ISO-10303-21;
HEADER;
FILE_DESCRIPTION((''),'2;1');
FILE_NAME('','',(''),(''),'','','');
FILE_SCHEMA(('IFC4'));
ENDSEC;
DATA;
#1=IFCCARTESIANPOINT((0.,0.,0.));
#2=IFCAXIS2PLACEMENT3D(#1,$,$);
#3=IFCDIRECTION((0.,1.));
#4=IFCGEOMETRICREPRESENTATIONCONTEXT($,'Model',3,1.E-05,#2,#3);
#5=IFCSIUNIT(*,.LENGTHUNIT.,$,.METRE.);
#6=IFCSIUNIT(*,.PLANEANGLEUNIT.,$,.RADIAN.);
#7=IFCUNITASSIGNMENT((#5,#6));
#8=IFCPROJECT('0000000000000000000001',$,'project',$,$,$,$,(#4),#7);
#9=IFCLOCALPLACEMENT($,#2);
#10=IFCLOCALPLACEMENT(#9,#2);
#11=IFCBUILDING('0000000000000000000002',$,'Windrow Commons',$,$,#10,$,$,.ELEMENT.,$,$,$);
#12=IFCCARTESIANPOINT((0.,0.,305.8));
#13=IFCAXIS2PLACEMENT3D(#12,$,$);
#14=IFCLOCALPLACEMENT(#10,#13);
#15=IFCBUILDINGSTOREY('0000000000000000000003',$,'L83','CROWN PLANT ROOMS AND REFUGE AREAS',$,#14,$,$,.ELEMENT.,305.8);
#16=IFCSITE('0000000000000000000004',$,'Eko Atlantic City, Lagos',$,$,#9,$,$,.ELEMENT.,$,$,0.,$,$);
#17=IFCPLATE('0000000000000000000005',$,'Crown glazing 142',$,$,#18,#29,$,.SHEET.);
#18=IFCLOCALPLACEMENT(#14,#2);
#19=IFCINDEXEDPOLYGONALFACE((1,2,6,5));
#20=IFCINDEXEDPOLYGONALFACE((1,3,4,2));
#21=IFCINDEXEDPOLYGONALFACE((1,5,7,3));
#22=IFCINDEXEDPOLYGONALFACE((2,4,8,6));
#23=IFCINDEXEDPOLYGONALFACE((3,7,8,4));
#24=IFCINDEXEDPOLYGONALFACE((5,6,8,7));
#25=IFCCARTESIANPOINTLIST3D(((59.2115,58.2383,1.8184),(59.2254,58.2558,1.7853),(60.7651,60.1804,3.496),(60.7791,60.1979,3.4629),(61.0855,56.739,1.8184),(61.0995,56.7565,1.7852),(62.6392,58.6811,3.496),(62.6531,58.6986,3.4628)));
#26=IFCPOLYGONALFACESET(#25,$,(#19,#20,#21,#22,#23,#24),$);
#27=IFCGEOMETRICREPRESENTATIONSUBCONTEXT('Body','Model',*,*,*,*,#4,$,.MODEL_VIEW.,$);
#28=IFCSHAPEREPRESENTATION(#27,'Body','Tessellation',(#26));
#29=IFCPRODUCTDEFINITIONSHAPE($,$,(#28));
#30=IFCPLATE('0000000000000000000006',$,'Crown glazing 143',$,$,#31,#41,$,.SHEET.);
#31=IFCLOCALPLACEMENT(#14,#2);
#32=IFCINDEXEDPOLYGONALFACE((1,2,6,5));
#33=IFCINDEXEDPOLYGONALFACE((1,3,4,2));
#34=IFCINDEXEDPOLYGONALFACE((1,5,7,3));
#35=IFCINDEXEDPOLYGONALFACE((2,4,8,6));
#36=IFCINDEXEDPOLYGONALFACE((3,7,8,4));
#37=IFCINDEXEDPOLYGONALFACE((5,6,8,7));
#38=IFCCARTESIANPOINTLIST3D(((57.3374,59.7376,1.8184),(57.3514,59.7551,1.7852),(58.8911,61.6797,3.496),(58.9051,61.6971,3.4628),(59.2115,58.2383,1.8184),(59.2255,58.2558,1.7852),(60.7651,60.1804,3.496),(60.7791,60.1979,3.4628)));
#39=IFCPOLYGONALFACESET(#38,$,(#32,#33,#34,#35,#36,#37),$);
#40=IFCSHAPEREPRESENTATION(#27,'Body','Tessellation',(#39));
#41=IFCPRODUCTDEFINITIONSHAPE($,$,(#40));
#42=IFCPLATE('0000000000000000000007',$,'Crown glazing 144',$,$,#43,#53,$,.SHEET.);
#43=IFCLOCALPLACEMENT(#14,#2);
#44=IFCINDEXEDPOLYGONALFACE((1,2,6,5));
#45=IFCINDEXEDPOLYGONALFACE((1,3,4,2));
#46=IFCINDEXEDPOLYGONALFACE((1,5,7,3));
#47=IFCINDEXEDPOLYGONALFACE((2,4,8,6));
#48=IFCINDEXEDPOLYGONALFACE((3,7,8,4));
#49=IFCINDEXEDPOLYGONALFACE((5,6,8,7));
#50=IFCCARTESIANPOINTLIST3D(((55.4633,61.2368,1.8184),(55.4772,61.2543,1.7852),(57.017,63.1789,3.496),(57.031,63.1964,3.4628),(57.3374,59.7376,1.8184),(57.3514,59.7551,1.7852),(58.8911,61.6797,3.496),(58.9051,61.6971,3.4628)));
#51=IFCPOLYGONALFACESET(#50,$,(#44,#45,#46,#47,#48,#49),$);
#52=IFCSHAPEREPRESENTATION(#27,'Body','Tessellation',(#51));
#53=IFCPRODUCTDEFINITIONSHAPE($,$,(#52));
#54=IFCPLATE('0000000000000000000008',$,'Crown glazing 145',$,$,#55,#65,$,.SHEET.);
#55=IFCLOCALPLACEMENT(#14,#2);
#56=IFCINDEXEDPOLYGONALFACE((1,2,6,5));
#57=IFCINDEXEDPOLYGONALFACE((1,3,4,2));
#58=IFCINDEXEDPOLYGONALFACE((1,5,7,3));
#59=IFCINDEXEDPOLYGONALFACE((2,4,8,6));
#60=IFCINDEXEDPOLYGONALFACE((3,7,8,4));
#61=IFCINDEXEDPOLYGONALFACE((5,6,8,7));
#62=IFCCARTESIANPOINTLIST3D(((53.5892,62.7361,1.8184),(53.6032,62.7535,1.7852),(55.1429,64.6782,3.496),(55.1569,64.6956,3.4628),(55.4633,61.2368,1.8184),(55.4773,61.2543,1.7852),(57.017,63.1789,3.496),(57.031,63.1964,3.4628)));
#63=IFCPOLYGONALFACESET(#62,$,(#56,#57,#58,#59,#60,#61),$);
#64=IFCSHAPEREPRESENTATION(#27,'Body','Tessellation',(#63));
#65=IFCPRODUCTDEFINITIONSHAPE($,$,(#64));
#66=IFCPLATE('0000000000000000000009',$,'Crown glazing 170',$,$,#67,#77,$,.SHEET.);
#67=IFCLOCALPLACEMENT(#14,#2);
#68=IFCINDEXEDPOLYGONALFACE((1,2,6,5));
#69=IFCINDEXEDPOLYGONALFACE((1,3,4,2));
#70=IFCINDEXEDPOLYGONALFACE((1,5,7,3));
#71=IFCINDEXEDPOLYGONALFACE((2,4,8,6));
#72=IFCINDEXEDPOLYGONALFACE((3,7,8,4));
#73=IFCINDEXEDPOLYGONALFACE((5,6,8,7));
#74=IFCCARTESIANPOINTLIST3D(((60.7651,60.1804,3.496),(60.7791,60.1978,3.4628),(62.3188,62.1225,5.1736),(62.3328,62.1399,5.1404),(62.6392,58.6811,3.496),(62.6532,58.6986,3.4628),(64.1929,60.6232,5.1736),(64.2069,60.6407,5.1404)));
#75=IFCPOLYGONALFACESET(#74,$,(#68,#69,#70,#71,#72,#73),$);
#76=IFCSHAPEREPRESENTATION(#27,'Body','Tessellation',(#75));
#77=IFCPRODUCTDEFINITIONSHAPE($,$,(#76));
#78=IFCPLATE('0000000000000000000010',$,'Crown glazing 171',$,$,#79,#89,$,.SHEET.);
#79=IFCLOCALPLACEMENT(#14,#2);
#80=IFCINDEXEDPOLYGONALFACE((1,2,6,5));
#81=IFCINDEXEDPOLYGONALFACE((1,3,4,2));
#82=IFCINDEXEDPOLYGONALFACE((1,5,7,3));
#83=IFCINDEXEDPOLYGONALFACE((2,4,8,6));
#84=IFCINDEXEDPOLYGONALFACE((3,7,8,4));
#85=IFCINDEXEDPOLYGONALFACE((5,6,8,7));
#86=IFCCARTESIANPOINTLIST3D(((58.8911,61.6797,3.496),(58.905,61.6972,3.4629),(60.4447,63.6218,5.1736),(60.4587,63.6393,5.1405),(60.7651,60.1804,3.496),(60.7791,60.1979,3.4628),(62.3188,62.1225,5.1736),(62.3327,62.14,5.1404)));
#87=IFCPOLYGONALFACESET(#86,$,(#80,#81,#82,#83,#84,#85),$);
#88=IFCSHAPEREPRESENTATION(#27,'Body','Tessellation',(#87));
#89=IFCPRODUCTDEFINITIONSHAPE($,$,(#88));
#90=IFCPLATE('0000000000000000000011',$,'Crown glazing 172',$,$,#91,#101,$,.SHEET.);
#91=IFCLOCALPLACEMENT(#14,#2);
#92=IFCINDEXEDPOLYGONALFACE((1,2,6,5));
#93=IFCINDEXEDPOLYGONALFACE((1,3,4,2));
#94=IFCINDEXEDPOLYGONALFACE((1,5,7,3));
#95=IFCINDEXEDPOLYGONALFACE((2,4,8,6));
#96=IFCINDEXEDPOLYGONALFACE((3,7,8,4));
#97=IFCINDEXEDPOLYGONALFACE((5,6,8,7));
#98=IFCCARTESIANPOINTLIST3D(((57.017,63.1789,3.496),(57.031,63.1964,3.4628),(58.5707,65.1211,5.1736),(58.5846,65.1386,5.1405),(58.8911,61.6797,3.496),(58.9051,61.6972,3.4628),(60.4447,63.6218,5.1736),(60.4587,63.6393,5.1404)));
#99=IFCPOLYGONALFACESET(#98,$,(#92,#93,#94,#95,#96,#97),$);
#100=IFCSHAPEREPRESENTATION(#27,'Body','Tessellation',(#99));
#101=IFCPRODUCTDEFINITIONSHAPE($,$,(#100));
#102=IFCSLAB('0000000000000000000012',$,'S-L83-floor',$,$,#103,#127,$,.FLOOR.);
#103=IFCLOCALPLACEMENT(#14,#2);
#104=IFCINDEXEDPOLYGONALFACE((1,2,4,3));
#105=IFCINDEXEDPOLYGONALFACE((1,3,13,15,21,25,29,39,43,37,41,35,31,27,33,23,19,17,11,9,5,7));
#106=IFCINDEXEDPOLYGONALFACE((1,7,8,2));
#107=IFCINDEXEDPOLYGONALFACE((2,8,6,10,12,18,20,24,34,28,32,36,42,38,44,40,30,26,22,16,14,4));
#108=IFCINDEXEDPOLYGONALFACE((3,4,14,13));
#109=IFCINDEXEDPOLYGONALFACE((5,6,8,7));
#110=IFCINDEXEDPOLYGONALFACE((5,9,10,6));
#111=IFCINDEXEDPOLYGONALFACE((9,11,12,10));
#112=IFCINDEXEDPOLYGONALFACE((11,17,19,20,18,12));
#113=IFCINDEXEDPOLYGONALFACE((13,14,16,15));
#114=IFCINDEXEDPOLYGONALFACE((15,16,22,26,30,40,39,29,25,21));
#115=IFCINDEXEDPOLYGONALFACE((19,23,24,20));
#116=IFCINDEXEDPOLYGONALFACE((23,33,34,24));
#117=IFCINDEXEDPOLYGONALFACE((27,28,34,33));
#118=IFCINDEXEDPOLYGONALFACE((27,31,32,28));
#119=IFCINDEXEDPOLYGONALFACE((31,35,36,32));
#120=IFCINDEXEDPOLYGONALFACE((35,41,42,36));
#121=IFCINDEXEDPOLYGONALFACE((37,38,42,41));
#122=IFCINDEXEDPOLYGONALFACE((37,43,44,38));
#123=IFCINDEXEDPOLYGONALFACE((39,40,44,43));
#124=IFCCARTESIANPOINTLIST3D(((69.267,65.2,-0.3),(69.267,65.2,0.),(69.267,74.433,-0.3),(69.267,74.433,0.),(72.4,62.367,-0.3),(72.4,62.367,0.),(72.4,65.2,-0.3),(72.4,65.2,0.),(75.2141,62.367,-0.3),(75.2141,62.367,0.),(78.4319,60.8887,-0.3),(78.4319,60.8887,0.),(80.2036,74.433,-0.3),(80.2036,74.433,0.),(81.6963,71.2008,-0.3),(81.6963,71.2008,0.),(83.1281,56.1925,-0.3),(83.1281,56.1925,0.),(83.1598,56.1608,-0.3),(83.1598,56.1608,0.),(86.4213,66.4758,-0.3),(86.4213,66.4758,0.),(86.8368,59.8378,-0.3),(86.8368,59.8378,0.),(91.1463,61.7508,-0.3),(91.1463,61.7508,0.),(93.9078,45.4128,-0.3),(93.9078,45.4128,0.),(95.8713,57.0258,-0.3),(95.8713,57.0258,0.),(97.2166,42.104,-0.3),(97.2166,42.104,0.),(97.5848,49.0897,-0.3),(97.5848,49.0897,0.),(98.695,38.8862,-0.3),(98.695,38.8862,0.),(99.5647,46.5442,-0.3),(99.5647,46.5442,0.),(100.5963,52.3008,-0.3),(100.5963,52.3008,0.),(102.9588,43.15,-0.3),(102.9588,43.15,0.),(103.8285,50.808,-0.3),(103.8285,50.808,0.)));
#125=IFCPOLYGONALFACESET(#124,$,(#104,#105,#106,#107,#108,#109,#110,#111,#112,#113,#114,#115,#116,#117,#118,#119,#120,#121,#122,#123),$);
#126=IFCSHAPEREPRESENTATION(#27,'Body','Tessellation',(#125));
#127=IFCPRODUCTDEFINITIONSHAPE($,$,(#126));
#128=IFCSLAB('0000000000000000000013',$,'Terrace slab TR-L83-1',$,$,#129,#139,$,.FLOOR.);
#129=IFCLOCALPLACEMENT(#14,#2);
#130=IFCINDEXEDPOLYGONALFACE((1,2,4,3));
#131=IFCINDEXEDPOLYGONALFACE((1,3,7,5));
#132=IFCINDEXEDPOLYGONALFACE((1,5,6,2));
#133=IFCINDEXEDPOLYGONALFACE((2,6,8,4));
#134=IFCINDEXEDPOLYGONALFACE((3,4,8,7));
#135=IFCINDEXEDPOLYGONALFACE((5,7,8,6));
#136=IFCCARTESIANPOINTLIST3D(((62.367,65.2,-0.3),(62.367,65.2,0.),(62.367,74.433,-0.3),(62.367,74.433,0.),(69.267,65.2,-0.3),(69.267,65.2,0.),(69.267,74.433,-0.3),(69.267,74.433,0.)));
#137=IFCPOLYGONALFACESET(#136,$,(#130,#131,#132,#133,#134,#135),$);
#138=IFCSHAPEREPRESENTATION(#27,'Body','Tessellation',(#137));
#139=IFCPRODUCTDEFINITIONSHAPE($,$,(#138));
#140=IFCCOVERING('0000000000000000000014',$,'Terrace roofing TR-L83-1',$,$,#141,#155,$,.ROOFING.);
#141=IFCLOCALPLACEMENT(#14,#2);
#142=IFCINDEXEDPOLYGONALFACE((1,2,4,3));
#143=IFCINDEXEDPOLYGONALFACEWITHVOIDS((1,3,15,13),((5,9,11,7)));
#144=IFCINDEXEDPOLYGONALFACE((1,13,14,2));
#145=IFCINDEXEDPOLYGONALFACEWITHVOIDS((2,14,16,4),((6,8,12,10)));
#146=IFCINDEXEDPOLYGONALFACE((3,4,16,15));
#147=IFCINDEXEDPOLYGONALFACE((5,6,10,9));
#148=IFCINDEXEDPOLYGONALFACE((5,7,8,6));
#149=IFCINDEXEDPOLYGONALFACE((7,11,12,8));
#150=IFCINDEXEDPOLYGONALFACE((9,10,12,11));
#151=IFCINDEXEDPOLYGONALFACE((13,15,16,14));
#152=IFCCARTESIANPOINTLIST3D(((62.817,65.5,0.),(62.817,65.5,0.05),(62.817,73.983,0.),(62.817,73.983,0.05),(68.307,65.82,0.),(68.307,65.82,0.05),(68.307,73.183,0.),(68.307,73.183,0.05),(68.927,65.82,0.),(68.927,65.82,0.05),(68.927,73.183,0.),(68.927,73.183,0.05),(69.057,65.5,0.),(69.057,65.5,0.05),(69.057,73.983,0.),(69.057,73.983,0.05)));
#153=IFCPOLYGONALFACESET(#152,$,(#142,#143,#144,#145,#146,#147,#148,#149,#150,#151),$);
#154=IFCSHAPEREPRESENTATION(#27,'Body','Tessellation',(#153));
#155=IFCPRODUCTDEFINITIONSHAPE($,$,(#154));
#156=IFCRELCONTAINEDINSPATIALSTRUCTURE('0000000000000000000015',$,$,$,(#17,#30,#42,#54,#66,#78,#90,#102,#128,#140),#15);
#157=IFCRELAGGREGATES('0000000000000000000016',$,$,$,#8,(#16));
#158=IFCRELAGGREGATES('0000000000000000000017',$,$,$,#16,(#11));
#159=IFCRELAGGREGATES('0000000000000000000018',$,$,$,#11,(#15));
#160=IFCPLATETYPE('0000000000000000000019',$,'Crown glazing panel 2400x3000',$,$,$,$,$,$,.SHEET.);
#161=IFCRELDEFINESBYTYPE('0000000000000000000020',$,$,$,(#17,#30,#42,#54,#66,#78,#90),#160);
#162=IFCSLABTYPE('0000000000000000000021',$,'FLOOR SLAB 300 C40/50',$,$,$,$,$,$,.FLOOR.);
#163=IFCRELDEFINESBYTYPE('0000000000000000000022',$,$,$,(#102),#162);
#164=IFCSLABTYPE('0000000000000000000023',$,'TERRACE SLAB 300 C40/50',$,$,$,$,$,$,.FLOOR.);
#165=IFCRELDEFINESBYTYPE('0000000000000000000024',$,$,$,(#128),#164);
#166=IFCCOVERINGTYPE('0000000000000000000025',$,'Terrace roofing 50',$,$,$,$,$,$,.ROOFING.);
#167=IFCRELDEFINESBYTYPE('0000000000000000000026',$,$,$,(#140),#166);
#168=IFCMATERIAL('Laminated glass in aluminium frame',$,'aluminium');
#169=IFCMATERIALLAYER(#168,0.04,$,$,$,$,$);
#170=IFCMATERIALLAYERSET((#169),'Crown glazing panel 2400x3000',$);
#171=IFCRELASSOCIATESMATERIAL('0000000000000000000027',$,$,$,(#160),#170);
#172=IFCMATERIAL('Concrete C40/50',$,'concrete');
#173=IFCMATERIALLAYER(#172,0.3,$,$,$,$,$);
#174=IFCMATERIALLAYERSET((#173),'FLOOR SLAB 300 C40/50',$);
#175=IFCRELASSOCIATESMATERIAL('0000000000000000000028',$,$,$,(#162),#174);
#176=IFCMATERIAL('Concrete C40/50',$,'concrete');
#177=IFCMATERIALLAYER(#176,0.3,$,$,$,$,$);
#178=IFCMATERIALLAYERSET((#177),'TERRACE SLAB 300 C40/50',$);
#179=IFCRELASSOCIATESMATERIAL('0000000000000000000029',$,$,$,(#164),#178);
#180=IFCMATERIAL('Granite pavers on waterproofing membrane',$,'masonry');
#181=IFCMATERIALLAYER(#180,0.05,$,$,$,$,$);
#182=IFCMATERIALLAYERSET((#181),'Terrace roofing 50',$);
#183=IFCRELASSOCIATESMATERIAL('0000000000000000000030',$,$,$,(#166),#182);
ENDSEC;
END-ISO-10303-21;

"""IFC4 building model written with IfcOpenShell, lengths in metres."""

from ifc_helpers import new_model, si_unit, direction, frame, origin, place, context, subcontext, project, spatial, polyline, outline, extrude, material, layer, layer_set, type_object, element, save


model = new_model("IFC4")

# Units and contexts
model_context = context("Model", 3, precision=1e-05, world=origin(), true_north=direction((0.0, 1.0)))
body_context = subcontext(model_context, "Body", "Model", "MODEL_VIEW")
ifc_project = project(units=[si_unit("LENGTHUNIT", "METRE"), si_unit("PLANEANGLEUNIT", "RADIAN")], contexts=[model_context])

# Site, building, storey
site_placement = place(None, origin())
site = spatial("IfcSite", under=ifc_project, at=site_placement, Name="Eko Atlantic City, Lagos", CompositionType="ELEMENT", RefElevation=0.0)
building_placement = place(site_placement, origin())
building = spatial("IfcBuilding", under=site, at=building_placement, Name="Windrow Commons", CompositionType="ELEMENT")
storey_placement = place(building_placement, frame((0.0, 0.0, 305.8)))
storey = spatial("IfcBuildingStorey", under=building, at=storey_placement, Name="L83", Description="CROWN PLANT ROOMS AND REFUGE AREAS", CompositionType="ELEMENT", Elevation=305.8)

# Shared definitions
placement_1 = place(storey_placement, frame((0.0, 0.0, -0.3)))

# Shared definitions
placement_2 = place(storey_placement, origin())

# Plates
ifc_material_1 = material(Name="Laminated glass in aluminium frame", Category="aluminium")
ifc_layer_1 = layer(ifc_material_1, 0.04)
ifc_layer_set_1 = layer_set([ifc_layer_1], Name="Crown glazing panel 2400x3000")
plate_type = type_object("IfcPlateType", Name="Crown glazing panel 2400x3000", PredefinedType="SHEET", material=ifc_layer_set_1)
plate_1_placement = place(storey_placement, frame((61.0855, 56.739, 1.8184), z_axis=(-0.349339, -0.436657, 0.829031), x_axis=(-0.780851, 0.624717, 0.000006)))
element("IfcPlate", 1, at=plate_1_placement, inside=storey, type_object=plate_type, Name="Crown glazing 142", PredefinedType="SHEET", context=body_context, shape_type="SweptSolid", body=[
    extrude(outline(polyline([(0.0, 0.0), (2.4, 0.0), (2.4001, -3.0), (0.0001, -3.0), (0.0, 0.0)])), origin(), (0.0, 0.0, -1.0), 0.04),
])
plate_2_placement = place(storey_placement, frame((59.2115, 58.2383, 1.8184), z_axis=(-0.349339, -0.436657, 0.829031), x_axis=(-0.780862, 0.624703, -0.000006)))
element("IfcPlate", 2, at=plate_2_placement, inside=storey, type_object=plate_type, Name="Crown glazing 143", PredefinedType="SHEET", context=body_context, shape_type="SweptSolid", body=[
    extrude(outline(polyline([(0.0, 0.0), (2.4, 0.0), (2.4, -3.0), (0.0001, -3.0), (0.0, 0.0)])), origin(), (0.0, 0.0, -1.0), 0.04),
])
plate_3_placement = place(storey_placement, frame((57.3374, 59.7376, 1.8184), z_axis=(-0.349317, -0.436669, 0.829034), x_axis=(-0.780885, 0.624675, 0.0)))
element("IfcPlate", 3, at=plate_3_placement, inside=storey, type_object=plate_type, Name="Crown glazing 144", PredefinedType="SHEET", context=body_context, shape_type="SweptSolid", body=[
    extrude(outline(polyline([(0.0, 0.0), (2.4, 0.0), (2.3999, -3.0), (-0.0001, -3.0), (0.0, 0.0)])), origin(), (0.0, 0.0, -1.0), 0.04),
])
for number, where, z_axis, x_axis, name in (
    (4, (55.4633, 61.2368, 1.8184), (-0.349331, -0.436658, 0.829034), (-0.780865, 0.6247, 0.0), "Crown glazing 145"),
    (5, (62.6392, 58.6811, 3.496), (-0.349331, -0.436658, 0.829034), (-0.780865, 0.6247, 0.0), "Crown glazing 170"),
):
    element("IfcPlate", number, at=place(storey_placement, frame(where, z_axis=z_axis, x_axis=x_axis)), inside=storey, type_object=plate_type, Name=name, PredefinedType="SHEET", context=body_context, shape_type="SweptSolid", body=[
        extrude(outline(polyline([(0.0, 0.0), (2.4, 0.0), (2.4, -3.0), (0.0, -3.0), (0.0, 0.0)])), origin(), (0.0, 0.0, -1.0), 0.04),
    ])
plate_4_placement = place(storey_placement, frame((60.7651, 60.1804, 3.496), z_axis=(-0.349339, -0.436657, 0.829031), x_axis=(-0.780851, 0.624717, 0.000006)))
element("IfcPlate", 6, at=plate_4_placement, inside=storey, type_object=plate_type, Name="Crown glazing 171", PredefinedType="SHEET", context=body_context, shape_type="SweptSolid", body=[
    extrude(outline(polyline([(0.0, 0.0), (2.4, 0.0), (2.4001, -3.0), (0.0001, -3.0), (0.0, 0.0)])), origin(), (0.0, 0.0, -1.0), 0.04),
])
plate_5_placement = place(storey_placement, frame((58.8911, 61.6797, 3.496), z_axis=(-0.349329, -0.436658, 0.829035), x_axis=(-0.780879, 0.624682, -0.000014)))
element("IfcPlate", 7, at=plate_5_placement, inside=storey, type_object=plate_type, Name="Crown glazing 172", PredefinedType="SHEET", context=body_context, shape_type="SweptSolid", body=[
    extrude(outline(polyline([(0.0, 0.0), (2.4, 0.0), (2.4, -3.0001), (0.0, -3.0), (0.0, 0.0)])), origin(), (0.0, 0.0, -1.0), 0.04),
])

# Slabs
ifc_material_2 = material(Name="Concrete C40/50", Category="concrete")
ifc_layer_2 = layer(ifc_material_2, 0.3)
ifc_layer_set_2 = layer_set([ifc_layer_2], Name="FLOOR SLAB 300 C40/50")
slab_type_1 = type_object("IfcSlabType", Name="FLOOR SLAB 300 C40/50", PredefinedType="FLOOR", material=ifc_layer_set_2)
element("IfcSlab", 8, at=placement_1, inside=storey, type_object=slab_type_1, Name="S-L83-floor", PredefinedType="FLOOR", context=body_context, shape_type="SweptSolid", body=[
    extrude(outline(polyline([(97.2166, 42.104), (98.695, 38.8862), (102.9588, 43.15), (99.5647, 46.5442), (103.8285, 50.808), (100.5963, 52.3008), (95.8713, 57.0258), (91.1463, 61.7508), (86.4213, 66.4758), (81.6963, 71.2008), (80.2036, 74.433), (69.267, 74.433), (69.267, 65.2), (72.4, 65.2), (72.4, 62.367), (75.2141, 62.367), (78.4319, 60.8887), (83.1281, 56.1925), (83.1598, 56.1608), (86.8368, 59.8378), (97.5848, 49.0897), (93.9078, 45.4128), (97.2166, 42.104)])), origin(), (0.0, 0.0, 1.0), 0.3),
])
ifc_material_3 = material(Name="Concrete C40/50", Category="concrete")
ifc_layer_3 = layer(ifc_material_3, 0.3)
ifc_layer_set_3 = layer_set([ifc_layer_3], Name="TERRACE SLAB 300 C40/50")
slab_type_2 = type_object("IfcSlabType", Name="TERRACE SLAB 300 C40/50", PredefinedType="FLOOR", material=ifc_layer_set_3)
element("IfcSlab", 9, at=placement_1, inside=storey, type_object=slab_type_2, Name="Terrace slab TR-L83-1", PredefinedType="FLOOR", context=body_context, shape_type="SweptSolid", body=[
    extrude(outline(polyline([(62.367, 74.433), (62.367, 65.2), (69.267, 65.2), (69.267, 74.433), (62.367, 74.433)])), origin(), (0.0, 0.0, 1.0), 0.3),
])

# Covering
ifc_material_4 = material(Name="Granite pavers on waterproofing membrane", Category="masonry")
ifc_layer_4 = layer(ifc_material_4, 0.05)
ifc_layer_set_4 = layer_set([ifc_layer_4], Name="Terrace roofing 50")
covering_type = type_object("IfcCoveringType", Name="Terrace roofing 50", PredefinedType="ROOFING", material=ifc_layer_set_4)
element("IfcCovering", 10, at=placement_2, inside=storey, type_object=covering_type, Name="Terrace roofing TR-L83-1", PredefinedType="ROOFING", context=body_context, shape_type="SweptSolid", body=[
    extrude(outline(polyline([(62.817, 65.5), (62.817, 73.983), (69.057, 73.983), (69.057, 65.5), (62.817, 65.5)]), holes=[polyline([(68.927, 73.183), (68.307, 73.183), (68.307, 65.82), (68.927, 65.82), (68.927, 73.183)])]), origin(), (0.0, 0.0, 1.0), 0.05),
])

save(model, "model.ifc")
